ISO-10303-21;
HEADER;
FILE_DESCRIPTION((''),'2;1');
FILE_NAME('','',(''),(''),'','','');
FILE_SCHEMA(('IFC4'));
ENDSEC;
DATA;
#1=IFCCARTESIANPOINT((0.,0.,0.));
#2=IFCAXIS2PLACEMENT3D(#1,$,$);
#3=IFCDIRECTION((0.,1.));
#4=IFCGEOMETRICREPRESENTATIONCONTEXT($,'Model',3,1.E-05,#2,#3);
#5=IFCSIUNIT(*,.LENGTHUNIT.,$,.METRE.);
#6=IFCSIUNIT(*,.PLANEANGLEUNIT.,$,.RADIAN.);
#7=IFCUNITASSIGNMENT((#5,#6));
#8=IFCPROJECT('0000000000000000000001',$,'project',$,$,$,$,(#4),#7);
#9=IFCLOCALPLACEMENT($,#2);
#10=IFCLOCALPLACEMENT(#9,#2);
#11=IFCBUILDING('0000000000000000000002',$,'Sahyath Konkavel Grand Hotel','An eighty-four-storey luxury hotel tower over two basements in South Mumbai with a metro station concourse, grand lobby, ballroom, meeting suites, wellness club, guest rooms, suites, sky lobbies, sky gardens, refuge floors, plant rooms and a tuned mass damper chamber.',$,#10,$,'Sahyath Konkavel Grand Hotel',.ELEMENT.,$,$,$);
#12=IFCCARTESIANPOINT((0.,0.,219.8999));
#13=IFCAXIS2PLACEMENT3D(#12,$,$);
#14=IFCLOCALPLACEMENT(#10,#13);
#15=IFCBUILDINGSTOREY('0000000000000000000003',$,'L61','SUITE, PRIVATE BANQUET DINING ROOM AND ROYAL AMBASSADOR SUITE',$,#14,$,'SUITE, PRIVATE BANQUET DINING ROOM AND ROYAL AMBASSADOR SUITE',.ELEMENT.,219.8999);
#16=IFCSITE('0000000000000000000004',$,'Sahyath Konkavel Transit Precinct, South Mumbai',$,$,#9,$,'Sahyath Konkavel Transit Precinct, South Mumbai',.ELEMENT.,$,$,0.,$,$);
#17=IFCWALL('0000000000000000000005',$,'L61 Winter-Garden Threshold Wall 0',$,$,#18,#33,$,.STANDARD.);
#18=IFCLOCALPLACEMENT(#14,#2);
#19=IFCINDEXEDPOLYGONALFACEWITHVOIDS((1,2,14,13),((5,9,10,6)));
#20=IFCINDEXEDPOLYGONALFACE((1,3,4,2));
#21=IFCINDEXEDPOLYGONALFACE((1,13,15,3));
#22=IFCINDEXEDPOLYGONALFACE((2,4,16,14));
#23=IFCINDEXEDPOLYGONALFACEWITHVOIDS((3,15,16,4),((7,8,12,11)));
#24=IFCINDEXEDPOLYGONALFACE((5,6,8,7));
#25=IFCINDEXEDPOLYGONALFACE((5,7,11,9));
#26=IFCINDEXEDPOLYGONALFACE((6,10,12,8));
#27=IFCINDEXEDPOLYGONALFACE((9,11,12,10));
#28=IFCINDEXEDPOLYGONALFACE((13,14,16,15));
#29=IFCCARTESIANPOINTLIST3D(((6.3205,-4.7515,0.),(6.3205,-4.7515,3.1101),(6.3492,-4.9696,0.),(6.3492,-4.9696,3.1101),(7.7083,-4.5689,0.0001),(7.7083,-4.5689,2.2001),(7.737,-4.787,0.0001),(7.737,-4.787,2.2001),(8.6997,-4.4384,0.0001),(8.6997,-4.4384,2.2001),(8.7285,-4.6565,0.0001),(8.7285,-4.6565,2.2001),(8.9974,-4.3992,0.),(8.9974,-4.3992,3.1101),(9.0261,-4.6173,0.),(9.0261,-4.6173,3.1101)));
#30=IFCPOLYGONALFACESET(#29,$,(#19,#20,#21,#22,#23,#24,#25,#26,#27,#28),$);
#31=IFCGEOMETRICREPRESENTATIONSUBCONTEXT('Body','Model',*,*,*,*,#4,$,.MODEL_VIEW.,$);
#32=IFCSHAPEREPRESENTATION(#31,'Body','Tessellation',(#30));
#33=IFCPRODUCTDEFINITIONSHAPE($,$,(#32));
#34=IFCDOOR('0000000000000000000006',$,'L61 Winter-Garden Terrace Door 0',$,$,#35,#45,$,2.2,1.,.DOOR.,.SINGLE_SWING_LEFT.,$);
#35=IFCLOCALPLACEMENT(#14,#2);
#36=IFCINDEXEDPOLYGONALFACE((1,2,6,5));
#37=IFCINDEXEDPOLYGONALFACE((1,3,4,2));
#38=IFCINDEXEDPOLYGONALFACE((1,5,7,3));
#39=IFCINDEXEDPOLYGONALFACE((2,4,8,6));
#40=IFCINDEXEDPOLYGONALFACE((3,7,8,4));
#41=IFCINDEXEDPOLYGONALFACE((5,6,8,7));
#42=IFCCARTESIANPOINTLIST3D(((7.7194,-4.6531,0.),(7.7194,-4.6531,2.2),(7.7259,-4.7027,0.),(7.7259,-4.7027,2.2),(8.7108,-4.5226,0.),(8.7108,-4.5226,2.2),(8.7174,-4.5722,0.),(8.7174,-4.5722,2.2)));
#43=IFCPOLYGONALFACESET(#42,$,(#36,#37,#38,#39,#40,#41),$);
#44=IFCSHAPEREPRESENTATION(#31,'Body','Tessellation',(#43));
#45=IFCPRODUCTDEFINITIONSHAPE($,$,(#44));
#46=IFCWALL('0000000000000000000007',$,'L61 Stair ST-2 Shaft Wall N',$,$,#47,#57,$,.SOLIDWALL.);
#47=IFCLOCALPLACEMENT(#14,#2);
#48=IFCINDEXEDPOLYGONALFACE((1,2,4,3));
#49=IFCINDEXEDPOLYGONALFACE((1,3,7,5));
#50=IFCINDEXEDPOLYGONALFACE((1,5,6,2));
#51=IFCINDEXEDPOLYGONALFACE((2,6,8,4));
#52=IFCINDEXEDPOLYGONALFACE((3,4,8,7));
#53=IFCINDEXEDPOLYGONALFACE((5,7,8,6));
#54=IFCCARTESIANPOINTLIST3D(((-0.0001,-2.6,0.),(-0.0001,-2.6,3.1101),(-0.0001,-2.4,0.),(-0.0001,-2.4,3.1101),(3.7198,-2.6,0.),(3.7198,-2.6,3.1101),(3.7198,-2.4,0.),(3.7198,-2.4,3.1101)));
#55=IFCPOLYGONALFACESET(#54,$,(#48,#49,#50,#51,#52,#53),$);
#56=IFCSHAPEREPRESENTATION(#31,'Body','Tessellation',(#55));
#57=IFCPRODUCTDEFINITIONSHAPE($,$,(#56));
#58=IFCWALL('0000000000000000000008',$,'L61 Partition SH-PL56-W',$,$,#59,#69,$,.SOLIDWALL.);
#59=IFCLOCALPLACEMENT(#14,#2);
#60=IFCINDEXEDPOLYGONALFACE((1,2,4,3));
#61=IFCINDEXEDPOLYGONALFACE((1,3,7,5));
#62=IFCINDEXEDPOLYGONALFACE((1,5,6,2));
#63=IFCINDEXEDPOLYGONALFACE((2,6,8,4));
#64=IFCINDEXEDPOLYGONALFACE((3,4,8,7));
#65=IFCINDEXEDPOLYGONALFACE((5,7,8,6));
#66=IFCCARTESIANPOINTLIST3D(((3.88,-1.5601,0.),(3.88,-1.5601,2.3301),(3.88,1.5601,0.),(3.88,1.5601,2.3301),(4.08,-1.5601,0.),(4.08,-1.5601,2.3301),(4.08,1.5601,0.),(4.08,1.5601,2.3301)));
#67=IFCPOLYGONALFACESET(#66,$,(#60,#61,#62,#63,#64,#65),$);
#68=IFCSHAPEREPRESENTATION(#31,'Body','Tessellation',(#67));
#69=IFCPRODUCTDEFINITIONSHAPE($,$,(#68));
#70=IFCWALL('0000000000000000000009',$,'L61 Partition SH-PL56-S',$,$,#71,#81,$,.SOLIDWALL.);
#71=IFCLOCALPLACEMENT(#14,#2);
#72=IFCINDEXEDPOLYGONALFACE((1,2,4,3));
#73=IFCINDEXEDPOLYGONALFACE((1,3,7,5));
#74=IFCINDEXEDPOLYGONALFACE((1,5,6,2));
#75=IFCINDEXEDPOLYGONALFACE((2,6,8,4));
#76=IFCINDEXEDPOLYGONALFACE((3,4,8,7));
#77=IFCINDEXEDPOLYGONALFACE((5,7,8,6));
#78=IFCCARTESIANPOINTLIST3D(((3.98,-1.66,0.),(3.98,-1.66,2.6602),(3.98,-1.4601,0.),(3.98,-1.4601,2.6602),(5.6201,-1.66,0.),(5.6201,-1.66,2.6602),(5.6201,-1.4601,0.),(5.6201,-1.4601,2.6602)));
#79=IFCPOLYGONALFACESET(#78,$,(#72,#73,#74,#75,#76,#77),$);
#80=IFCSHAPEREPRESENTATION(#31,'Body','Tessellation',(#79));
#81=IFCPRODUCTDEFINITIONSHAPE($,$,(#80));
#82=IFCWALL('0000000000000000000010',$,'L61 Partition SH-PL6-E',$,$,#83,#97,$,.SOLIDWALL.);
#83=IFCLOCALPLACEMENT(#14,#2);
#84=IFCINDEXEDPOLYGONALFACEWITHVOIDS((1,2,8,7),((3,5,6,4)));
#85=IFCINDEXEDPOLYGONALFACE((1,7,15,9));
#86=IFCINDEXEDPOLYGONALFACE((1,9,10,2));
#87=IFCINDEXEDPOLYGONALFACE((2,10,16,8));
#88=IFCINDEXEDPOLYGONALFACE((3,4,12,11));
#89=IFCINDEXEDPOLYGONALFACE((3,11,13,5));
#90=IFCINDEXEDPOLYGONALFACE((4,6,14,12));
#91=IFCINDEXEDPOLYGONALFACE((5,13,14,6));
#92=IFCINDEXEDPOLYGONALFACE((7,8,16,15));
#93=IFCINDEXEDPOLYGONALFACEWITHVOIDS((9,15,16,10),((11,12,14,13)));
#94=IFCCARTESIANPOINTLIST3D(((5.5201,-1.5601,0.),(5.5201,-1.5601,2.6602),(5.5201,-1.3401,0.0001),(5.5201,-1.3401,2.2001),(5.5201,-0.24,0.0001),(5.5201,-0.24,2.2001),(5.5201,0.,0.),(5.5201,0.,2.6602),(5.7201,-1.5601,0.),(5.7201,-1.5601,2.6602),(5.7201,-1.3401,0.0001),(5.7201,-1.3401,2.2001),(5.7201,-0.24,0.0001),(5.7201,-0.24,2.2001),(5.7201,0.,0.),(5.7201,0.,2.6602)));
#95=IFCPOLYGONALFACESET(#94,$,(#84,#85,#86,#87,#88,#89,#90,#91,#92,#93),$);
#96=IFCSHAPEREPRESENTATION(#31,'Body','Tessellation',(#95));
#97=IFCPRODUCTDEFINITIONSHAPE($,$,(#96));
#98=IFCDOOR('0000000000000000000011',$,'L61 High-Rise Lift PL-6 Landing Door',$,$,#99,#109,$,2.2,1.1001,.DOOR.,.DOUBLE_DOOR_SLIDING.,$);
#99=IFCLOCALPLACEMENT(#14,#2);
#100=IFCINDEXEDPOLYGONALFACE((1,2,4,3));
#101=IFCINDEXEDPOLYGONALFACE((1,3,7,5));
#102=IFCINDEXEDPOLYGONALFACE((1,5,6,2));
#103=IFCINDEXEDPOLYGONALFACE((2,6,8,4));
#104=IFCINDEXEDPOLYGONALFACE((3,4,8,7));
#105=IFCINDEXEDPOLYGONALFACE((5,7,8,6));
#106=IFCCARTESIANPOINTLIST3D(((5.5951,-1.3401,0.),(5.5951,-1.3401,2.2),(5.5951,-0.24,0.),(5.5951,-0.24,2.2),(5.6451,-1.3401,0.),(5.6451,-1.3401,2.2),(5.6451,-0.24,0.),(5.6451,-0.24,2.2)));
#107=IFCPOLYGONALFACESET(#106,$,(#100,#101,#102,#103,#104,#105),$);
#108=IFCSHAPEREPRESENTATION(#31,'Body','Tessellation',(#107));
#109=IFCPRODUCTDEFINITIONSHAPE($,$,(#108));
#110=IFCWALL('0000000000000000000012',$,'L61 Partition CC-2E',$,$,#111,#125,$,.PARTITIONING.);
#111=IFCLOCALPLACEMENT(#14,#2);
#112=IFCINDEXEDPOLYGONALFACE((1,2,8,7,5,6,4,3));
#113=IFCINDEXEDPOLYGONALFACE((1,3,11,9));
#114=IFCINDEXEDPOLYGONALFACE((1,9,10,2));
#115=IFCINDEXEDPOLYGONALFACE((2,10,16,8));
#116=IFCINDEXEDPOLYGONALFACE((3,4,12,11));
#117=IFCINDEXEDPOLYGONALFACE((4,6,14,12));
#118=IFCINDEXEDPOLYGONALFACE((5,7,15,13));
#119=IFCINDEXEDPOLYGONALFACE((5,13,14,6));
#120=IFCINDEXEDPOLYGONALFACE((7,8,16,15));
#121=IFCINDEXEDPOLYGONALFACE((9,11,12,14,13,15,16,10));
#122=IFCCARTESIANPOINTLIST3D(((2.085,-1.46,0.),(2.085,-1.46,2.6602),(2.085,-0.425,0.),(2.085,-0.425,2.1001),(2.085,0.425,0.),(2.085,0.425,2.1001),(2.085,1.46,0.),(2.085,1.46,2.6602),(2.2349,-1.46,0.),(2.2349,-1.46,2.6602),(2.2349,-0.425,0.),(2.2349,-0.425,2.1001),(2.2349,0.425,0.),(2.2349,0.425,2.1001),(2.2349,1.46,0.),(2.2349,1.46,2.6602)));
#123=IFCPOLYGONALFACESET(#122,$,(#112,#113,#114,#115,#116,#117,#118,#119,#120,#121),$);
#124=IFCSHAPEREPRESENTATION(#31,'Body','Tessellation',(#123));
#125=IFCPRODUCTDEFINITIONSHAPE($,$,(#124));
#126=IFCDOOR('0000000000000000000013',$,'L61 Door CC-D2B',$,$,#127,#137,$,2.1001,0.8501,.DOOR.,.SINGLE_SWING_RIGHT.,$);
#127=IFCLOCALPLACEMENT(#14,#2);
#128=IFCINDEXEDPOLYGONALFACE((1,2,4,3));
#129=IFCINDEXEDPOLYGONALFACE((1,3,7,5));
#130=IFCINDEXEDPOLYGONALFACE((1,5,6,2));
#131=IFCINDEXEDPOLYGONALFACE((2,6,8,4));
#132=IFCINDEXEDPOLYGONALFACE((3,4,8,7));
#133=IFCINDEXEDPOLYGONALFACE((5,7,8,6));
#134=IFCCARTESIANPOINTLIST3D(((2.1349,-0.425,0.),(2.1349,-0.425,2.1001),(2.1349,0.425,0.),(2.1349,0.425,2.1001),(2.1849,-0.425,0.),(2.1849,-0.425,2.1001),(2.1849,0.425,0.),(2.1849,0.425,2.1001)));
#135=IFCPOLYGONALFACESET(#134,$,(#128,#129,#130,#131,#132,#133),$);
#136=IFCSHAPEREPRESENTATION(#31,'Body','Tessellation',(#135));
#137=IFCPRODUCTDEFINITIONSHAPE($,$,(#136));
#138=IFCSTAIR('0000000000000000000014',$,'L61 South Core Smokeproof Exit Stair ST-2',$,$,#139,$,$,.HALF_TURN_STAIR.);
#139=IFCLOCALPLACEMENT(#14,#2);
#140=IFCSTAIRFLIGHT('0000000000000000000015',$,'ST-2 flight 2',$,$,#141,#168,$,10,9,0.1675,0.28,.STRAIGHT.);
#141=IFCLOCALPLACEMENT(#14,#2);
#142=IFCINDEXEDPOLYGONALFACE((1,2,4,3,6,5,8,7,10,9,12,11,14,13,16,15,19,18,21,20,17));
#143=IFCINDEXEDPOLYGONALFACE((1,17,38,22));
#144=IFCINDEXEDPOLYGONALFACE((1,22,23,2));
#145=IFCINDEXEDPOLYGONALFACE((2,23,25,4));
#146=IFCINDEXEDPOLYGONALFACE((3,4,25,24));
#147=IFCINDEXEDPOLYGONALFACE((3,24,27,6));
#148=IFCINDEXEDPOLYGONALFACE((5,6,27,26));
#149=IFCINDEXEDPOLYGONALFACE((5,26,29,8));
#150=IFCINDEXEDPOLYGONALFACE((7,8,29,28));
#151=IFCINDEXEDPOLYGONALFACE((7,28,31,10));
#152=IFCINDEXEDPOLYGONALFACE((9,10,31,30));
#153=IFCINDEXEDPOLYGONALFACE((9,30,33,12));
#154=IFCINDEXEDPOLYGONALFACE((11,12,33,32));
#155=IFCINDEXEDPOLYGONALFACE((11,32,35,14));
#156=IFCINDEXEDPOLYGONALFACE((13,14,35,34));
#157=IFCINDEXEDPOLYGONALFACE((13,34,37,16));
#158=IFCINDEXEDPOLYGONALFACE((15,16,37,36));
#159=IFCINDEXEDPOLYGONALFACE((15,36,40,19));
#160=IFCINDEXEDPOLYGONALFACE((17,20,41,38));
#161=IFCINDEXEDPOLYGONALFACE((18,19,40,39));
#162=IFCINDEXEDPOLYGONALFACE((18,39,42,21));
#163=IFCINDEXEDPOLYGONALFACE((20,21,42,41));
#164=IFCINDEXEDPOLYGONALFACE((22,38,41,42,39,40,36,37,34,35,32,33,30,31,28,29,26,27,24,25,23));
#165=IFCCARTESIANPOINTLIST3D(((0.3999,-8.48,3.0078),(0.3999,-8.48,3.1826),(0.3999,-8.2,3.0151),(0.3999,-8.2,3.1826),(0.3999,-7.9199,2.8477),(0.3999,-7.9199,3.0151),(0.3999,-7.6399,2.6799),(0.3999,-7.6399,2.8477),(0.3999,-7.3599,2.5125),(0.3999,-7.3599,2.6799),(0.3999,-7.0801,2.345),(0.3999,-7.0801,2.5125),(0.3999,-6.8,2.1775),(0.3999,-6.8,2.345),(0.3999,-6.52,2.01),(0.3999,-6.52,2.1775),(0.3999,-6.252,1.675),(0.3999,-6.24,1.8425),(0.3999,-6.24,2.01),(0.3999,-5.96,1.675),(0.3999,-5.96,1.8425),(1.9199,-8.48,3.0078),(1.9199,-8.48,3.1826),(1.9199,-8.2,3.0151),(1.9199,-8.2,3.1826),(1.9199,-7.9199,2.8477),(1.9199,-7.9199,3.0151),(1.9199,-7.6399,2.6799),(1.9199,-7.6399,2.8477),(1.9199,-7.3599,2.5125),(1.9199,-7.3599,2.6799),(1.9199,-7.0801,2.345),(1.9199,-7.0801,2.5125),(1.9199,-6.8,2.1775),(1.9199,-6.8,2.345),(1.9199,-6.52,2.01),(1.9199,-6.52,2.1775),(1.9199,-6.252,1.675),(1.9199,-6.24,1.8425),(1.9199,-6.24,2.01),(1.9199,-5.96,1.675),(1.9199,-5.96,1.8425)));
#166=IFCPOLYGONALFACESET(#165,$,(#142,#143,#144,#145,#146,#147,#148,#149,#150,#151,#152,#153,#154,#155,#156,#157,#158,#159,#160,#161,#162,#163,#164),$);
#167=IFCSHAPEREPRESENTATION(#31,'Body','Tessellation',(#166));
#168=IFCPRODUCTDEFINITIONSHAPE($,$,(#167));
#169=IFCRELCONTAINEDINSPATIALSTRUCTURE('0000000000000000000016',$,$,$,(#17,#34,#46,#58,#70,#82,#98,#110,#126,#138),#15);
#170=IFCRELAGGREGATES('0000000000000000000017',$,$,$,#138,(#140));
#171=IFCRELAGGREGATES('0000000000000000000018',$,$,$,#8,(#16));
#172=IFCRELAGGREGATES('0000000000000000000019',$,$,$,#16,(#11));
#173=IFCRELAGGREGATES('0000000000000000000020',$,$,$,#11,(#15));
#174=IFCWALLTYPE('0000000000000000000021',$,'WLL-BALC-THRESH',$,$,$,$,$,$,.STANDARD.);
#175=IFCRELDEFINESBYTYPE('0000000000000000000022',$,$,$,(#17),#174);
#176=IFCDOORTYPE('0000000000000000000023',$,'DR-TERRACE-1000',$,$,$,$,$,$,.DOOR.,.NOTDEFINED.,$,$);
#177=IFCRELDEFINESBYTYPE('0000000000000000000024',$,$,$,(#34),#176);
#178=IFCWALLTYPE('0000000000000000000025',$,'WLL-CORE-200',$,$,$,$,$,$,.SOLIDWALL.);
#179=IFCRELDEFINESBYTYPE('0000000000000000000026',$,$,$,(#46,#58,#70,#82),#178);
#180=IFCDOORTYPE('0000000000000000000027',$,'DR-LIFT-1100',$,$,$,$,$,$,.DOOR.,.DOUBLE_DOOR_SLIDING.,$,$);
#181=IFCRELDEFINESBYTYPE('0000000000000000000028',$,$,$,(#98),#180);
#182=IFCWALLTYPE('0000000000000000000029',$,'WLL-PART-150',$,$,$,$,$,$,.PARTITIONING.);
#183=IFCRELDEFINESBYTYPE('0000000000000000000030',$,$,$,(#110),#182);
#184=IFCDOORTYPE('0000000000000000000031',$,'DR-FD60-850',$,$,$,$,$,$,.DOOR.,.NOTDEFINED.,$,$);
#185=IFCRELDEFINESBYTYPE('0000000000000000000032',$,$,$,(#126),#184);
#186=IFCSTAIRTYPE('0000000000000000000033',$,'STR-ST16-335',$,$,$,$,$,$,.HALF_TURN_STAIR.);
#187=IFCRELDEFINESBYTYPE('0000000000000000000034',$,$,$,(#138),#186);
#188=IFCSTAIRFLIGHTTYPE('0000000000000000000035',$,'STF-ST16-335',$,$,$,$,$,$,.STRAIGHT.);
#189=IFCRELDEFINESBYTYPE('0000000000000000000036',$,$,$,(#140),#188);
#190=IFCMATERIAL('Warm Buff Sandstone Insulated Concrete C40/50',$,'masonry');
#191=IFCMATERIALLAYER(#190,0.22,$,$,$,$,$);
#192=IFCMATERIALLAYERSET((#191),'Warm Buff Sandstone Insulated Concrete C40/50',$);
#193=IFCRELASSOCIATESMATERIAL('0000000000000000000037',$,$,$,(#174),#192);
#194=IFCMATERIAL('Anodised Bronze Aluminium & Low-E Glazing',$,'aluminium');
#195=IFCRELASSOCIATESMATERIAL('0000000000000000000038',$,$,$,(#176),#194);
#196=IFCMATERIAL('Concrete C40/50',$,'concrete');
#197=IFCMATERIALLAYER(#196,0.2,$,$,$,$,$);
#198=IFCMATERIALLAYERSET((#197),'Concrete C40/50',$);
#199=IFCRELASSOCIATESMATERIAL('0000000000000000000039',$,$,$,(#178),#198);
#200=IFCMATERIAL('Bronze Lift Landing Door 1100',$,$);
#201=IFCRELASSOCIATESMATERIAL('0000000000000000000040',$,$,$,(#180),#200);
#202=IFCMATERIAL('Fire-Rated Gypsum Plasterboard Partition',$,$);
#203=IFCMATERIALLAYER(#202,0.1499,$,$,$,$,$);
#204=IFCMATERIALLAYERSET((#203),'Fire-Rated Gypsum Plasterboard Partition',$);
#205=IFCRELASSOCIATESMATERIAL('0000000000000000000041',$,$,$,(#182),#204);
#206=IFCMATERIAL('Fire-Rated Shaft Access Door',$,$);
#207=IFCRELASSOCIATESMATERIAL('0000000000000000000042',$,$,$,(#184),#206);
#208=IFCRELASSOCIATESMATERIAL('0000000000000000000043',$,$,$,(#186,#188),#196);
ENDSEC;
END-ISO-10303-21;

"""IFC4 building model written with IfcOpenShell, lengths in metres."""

from ifc_helpers import new_model, si_unit, direction, frame, frame_2d, origin, origin_2d, place, context, subcontext, project, spatial, polyline, rectangle, outline, extrude, source, transform, mapped, material, layer, layer_set, type_object, element, fill, aggregate, save


model = new_model("IFC4")

# Units and contexts
model_context = context("Model", 3, precision=1e-05, world=origin(), true_north=direction((0.0, 1.0)))
body_context = subcontext(model_context, "Body", "Model", "MODEL_VIEW")
ifc_project = project(units=[si_unit("LENGTHUNIT", "METRE"), si_unit("PLANEANGLEUNIT", "RADIAN")], contexts=[model_context])

# Site, building, storey
site_placement = place(None, origin())
site = spatial("IfcSite", under=ifc_project, at=site_placement, Name="Sahyath Konkavel Transit Precinct, South Mumbai", LongName="Sahyath Konkavel Transit Precinct, South Mumbai", CompositionType="ELEMENT", RefElevation=0.0)
building_placement = place(site_placement, origin())
building = spatial("IfcBuilding", under=site, at=building_placement, Name="Sahyath Konkavel Grand Hotel", Description="An eighty-four-storey luxury hotel tower over two basements in South Mumbai with a metro station concourse, grand lobby, ballroom, meeting suites, wellness club, guest rooms, suites, sky lobbies, sky gardens, refuge floors, plant rooms and a tuned mass damper chamber.", LongName="Sahyath Konkavel Grand Hotel", CompositionType="ELEMENT")
storey_placement = place(building_placement, frame((0.0, 0.0, 219.8999)))
storey = spatial("IfcBuildingStorey", under=building, at=storey_placement, Name="L61", Description="SUITE, PRIVATE BANQUET DINING ROOM AND ROYAL AMBASSADOR SUITE", LongName="SUITE, PRIVATE BANQUET DINING ROOM AND ROYAL AMBASSADOR SUITE", CompositionType="ELEMENT", Elevation=219.8999)

# Shared definitions
ifc_material_1 = material(Name="Concrete C40/50", Category="concrete")

# Shared definitions
ifc_material_2 = material(Name="Anodised Bronze Aluminium & Low-E Glazing", Category="aluminium")

# Wall, opening, door
ifc_material_3 = material(Name="Warm Buff Sandstone Insulated Concrete C40/50", Category="masonry")
ifc_layer_1 = layer(ifc_material_3, 0.22)
ifc_layer_set_1 = layer_set([ifc_layer_1], Name="Warm Buff Sandstone Insulated Concrete C40/50")
wall_type_1 = type_object("IfcWallType", Name="WLL-BALC-THRESH", PredefinedType="STANDARD", material=ifc_layer_set_1)
wall_1_placement = place(storey_placement, frame((6.3347, -4.8606, 0.0), z_axis=(0.0, 0.0, 1.0), x_axis=(0.99145, 0.130487, 0.0)))
wall_1 = element("IfcWall", 1, at=wall_1_placement, inside=storey, type_object=wall_type_1, Name="L61 Winter-Garden Threshold Wall 0", PredefinedType="STANDARD", context=body_context, shape_type="SweptSolid", body=[
    extrude(rectangle(XDim=2.7, YDim=0.22, at=frame_2d((1.3501, 0.0))), origin(), (0.0, 0.0, 1.0), 3.1101),
])
opening_1_placement = place(wall_1_placement, frame((1.3999, 0.0, 0.0)))
opening_1 = element("IfcOpeningElement", 2, at=opening_1_placement, cuts=wall_1, PredefinedType="OPENING", context=body_context, shape_type="SweptSolid", body=[
    extrude(rectangle(XDim=1.0, YDim=2.2, at=frame_2d((0.5, 1.1001))), frame((0.0, 0.1201, 0.0), z_axis=(0.0, -1.0, 0.0), x_axis=(1.0, 0.0, 0.0)), (0.0, 0.0, 1.0), 0.24),
])
door_type_1 = type_object("IfcDoorType", Name="DR-TERRACE-1000", OperationType="NOTDEFINED", PredefinedType="DOOR", material=ifc_material_2)
shared_shape_1 = source(origin(), body_context, "Body", "SweptSolid", [
    extrude(rectangle(XDim=1.0, YDim=0.05, at=origin_2d()), origin(), (0.0, 0.0, 1.0), 2.2),
])
door_1_placement = place(opening_1_placement, frame((0.5, 0.0, 0.0)))
door_1 = element("IfcDoor", 3, at=door_1_placement, inside=storey, type_object=door_type_1, Name="L61 Winter-Garden Terrace Door 0", OperationType="SINGLE_SWING_LEFT", OverallHeight=2.2, OverallWidth=1.0, PredefinedType="DOOR", context=body_context, shape_type="MappedRepresentation", body=[
    mapped(shared_shape_1, transform((0.0, 0.0, 0.0), scale=1.0)),
])
fill(opening_1, door_1)

# Walls
ifc_layer_2 = layer(ifc_material_1, 0.2)
ifc_layer_set_2 = layer_set([ifc_layer_2], Name="Concrete C40/50")
wall_type_2 = type_object("IfcWallType", Name="WLL-CORE-200", PredefinedType="SOLIDWALL", material=ifc_layer_set_2)
wall_2_placement = place(storey_placement, frame((0.0, -2.5, 0.0), z_axis=(0.0, 0.0, 1.0), x_axis=(1.0, 0.0, 0.0)))
element("IfcWall", 4, at=wall_2_placement, inside=storey, type_object=wall_type_2, Name="L61 Stair ST-2 Shaft Wall N", PredefinedType="SOLIDWALL", context=body_context, shape_type="SweptSolid", body=[
    extrude(rectangle(XDim=3.72, YDim=0.2, at=frame_2d((1.8599, 0.0))), origin(), (0.0, 0.0, 1.0), 3.1101),
])
wall_3_placement = place(storey_placement, frame((3.98, -1.5601, 0.0), z_axis=(0.0, 0.0, 1.0), x_axis=(0.0, 1.0, 0.0)))
element("IfcWall", 5, at=wall_3_placement, inside=storey, type_object=wall_type_2, Name="L61 Partition SH-PL56-W", PredefinedType="SOLIDWALL", context=body_context, shape_type="SweptSolid", body=[
    extrude(rectangle(XDim=3.1201, YDim=0.2, at=frame_2d((1.5601, 0.0))), origin(), (0.0, 0.0, 1.0), 2.3301),
])
wall_4_placement = place(storey_placement, frame((3.98, -1.5601, 0.0), z_axis=(0.0, 0.0, 1.0), x_axis=(1.0, 0.0, 0.0)))
element("IfcWall", 6, at=wall_4_placement, inside=storey, type_object=wall_type_2, Name="L61 Partition SH-PL56-S", PredefinedType="SOLIDWALL", context=body_context, shape_type="SweptSolid", body=[
    extrude(rectangle(XDim=1.6401, YDim=0.2, at=frame_2d((0.8201, 0.0))), origin(), (0.0, 0.0, 1.0), 2.6602),
])

# Walls, openings, doors
wall_5_placement = place(storey_placement, frame((5.6201, -1.5601, 0.0), z_axis=(0.0, 0.0, 1.0), x_axis=(0.0, 1.0, 0.0)))
wall_5 = element("IfcWall", 7, at=wall_5_placement, inside=storey, type_object=wall_type_2, Name="L61 Partition SH-PL6-E", PredefinedType="SOLIDWALL", context=body_context, shape_type="SweptSolid", body=[
    extrude(rectangle(XDim=1.5601, YDim=0.2, at=frame_2d((0.78, 0.0))), origin(), (0.0, 0.0, 1.0), 2.6602),
])
opening_2_placement = place(wall_5_placement, frame((0.22, 0.0, 0.0)))
opening_2 = element("IfcOpeningElement", 8, at=opening_2_placement, cuts=wall_5, PredefinedType="OPENING", context=body_context, shape_type="SweptSolid", body=[
    extrude(rectangle(XDim=1.1001, YDim=2.2, at=frame_2d((0.55, 1.1001))), frame((0.0, 0.1099, 0.0), z_axis=(0.0, -1.0, 0.0), x_axis=(1.0, 0.0, 0.0)), (0.0, 0.0, 1.0), 0.22),
])
ifc_material_4 = material(Name="Bronze Lift Landing Door 1100")
door_type_2 = type_object("IfcDoorType", Name="DR-LIFT-1100", OperationType="DOUBLE_DOOR_SLIDING", PredefinedType="DOOR", material=ifc_material_4)
shared_shape_2 = source(origin(), body_context, "Body", "SweptSolid", [
    extrude(rectangle(XDim=1.1001, YDim=0.05, at=origin_2d()), origin(), (0.0, 0.0, 1.0), 2.2),
])
door_2_placement = place(opening_2_placement, frame((0.55, 0.0, 0.0)))
door_2 = element("IfcDoor", 9, at=door_2_placement, inside=storey, type_object=door_type_2, Name="L61 High-Rise Lift PL-6 Landing Door", OperationType="DOUBLE_DOOR_SLIDING", OverallHeight=2.2, OverallWidth=1.1001, PredefinedType="DOOR", context=body_context, shape_type="MappedRepresentation", body=[
    mapped(shared_shape_2, transform((0.0, 0.0, 0.0), scale=1.0)),
])
fill(opening_2, door_2)
ifc_material_5 = material(Name="Fire-Rated Gypsum Plasterboard Partition")
ifc_layer_3 = layer(ifc_material_5, 0.1499)
ifc_layer_set_3 = layer_set([ifc_layer_3], Name="Fire-Rated Gypsum Plasterboard Partition")
wall_type_3 = type_object("IfcWallType", Name="WLL-PART-150", PredefinedType="PARTITIONING", material=ifc_layer_set_3)
wall_6_placement = place(storey_placement, frame((2.1599, -1.46, 0.0), z_axis=(0.0, 0.0, 1.0), x_axis=(0.0, 1.0, 0.0)))
wall_6 = element("IfcWall", 10, at=wall_6_placement, inside=storey, type_object=wall_type_3, Name="L61 Partition CC-2E", PredefinedType="PARTITIONING", context=body_context, shape_type="SweptSolid", body=[
    extrude(rectangle(XDim=2.9199, YDim=0.1499, at=frame_2d((1.46, 0.0))), origin(), (0.0, 0.0, 1.0), 2.6602),
])
opening_3_placement = place(wall_6_placement, frame((1.0349, 0.0, 0.0)))
opening_3 = element("IfcOpeningElement", 11, at=opening_3_placement, cuts=wall_6, PredefinedType="OPENING", context=body_context, shape_type="SweptSolid", body=[
    extrude(rectangle(XDim=0.8501, YDim=2.1001, at=frame_2d((0.425, 1.05))), frame((0.0, 0.085, 0.0), z_axis=(0.0, -1.0, 0.0), x_axis=(1.0, 0.0, 0.0)), (0.0, 0.0, 1.0), 0.1699),
])
ifc_material_6 = material(Name="Fire-Rated Shaft Access Door")
door_type_3 = type_object("IfcDoorType", Name="DR-FD60-850", OperationType="NOTDEFINED", PredefinedType="DOOR", material=ifc_material_6)
shared_shape_3 = source(origin(), body_context, "Body", "SweptSolid", [
    extrude(rectangle(XDim=0.8501, YDim=0.05, at=origin_2d()), origin(), (0.0, 0.0, 1.0), 2.1001),
])
door_3_placement = place(opening_3_placement, frame((0.425, 0.0, 0.0)))
door_3 = element("IfcDoor", 12, at=door_3_placement, inside=storey, type_object=door_type_3, Name="L61 Door CC-D2B", OperationType="SINGLE_SWING_RIGHT", OverallHeight=2.1001, OverallWidth=0.8501, PredefinedType="DOOR", context=body_context, shape_type="MappedRepresentation", body=[
    mapped(shared_shape_3, transform((0.0, 0.0, 0.0), scale=1.0)),
])
fill(opening_3, door_3)

# Stair, stair flight
stair_type = type_object("IfcStairType", Name="STR-ST16-335", PredefinedType="HALF_TURN_STAIR", material=ifc_material_1)
stair_placement = place(storey_placement, origin())
stair = element("IfcStair", 13, at=stair_placement, inside=storey, type_object=stair_type, Name="L61 South Core Smokeproof Exit Stair ST-2", PredefinedType="HALF_TURN_STAIR")
stair_flight_type = type_object("IfcStairFlightType", Name="STF-ST16-335", PredefinedType="STRAIGHT", material=ifc_material_1)
stair_flight_placement = place(storey_placement, frame((1.1599, -5.96, 1.675), z_axis=(0.0, 0.0, 1.0), x_axis=(0.0, -1.0, 0.0)))
stair_flight = element("IfcStairFlight", 14, at=stair_flight_placement, type_object=stair_flight_type, Name="ST-2 flight 2", NumberOfRisers=10, NumberOfTreads=9, PredefinedType="STRAIGHT", RiserHeight=0.1675, TreadLength=0.28, context=body_context, shape_type="SweptSolid", body=[
    extrude(outline(polyline([(0.0, 0.0), (0.0, 0.1675), (0.28, 0.1675), (0.28, 0.335), (0.5601, 0.335), (0.5601, 0.5024), (0.8401, 0.5024), (0.8401, 0.6699), (1.1201, 0.6699), (1.1201, 0.8374), (1.3999, 0.8374), (1.3999, 1.0049), (1.6799, 1.0049), (1.6799, 1.1726), (1.96, 1.1726), (1.96, 1.3401), (2.24, 1.3401), (2.24, 1.5076), (2.52, 1.5076), (2.52, 1.675), (2.52, 1.3328), (0.292, 0.0), (0.0, 0.0)])), frame((0.0, 0.76, 0.0), z_axis=(0.0, -1.0, 0.0), x_axis=(1.0, 0.0, 0.0)), (0.0, 0.0, 1.0), 1.52),
])
aggregate(stair, [stair_flight])

save(model, "model.ifc")
